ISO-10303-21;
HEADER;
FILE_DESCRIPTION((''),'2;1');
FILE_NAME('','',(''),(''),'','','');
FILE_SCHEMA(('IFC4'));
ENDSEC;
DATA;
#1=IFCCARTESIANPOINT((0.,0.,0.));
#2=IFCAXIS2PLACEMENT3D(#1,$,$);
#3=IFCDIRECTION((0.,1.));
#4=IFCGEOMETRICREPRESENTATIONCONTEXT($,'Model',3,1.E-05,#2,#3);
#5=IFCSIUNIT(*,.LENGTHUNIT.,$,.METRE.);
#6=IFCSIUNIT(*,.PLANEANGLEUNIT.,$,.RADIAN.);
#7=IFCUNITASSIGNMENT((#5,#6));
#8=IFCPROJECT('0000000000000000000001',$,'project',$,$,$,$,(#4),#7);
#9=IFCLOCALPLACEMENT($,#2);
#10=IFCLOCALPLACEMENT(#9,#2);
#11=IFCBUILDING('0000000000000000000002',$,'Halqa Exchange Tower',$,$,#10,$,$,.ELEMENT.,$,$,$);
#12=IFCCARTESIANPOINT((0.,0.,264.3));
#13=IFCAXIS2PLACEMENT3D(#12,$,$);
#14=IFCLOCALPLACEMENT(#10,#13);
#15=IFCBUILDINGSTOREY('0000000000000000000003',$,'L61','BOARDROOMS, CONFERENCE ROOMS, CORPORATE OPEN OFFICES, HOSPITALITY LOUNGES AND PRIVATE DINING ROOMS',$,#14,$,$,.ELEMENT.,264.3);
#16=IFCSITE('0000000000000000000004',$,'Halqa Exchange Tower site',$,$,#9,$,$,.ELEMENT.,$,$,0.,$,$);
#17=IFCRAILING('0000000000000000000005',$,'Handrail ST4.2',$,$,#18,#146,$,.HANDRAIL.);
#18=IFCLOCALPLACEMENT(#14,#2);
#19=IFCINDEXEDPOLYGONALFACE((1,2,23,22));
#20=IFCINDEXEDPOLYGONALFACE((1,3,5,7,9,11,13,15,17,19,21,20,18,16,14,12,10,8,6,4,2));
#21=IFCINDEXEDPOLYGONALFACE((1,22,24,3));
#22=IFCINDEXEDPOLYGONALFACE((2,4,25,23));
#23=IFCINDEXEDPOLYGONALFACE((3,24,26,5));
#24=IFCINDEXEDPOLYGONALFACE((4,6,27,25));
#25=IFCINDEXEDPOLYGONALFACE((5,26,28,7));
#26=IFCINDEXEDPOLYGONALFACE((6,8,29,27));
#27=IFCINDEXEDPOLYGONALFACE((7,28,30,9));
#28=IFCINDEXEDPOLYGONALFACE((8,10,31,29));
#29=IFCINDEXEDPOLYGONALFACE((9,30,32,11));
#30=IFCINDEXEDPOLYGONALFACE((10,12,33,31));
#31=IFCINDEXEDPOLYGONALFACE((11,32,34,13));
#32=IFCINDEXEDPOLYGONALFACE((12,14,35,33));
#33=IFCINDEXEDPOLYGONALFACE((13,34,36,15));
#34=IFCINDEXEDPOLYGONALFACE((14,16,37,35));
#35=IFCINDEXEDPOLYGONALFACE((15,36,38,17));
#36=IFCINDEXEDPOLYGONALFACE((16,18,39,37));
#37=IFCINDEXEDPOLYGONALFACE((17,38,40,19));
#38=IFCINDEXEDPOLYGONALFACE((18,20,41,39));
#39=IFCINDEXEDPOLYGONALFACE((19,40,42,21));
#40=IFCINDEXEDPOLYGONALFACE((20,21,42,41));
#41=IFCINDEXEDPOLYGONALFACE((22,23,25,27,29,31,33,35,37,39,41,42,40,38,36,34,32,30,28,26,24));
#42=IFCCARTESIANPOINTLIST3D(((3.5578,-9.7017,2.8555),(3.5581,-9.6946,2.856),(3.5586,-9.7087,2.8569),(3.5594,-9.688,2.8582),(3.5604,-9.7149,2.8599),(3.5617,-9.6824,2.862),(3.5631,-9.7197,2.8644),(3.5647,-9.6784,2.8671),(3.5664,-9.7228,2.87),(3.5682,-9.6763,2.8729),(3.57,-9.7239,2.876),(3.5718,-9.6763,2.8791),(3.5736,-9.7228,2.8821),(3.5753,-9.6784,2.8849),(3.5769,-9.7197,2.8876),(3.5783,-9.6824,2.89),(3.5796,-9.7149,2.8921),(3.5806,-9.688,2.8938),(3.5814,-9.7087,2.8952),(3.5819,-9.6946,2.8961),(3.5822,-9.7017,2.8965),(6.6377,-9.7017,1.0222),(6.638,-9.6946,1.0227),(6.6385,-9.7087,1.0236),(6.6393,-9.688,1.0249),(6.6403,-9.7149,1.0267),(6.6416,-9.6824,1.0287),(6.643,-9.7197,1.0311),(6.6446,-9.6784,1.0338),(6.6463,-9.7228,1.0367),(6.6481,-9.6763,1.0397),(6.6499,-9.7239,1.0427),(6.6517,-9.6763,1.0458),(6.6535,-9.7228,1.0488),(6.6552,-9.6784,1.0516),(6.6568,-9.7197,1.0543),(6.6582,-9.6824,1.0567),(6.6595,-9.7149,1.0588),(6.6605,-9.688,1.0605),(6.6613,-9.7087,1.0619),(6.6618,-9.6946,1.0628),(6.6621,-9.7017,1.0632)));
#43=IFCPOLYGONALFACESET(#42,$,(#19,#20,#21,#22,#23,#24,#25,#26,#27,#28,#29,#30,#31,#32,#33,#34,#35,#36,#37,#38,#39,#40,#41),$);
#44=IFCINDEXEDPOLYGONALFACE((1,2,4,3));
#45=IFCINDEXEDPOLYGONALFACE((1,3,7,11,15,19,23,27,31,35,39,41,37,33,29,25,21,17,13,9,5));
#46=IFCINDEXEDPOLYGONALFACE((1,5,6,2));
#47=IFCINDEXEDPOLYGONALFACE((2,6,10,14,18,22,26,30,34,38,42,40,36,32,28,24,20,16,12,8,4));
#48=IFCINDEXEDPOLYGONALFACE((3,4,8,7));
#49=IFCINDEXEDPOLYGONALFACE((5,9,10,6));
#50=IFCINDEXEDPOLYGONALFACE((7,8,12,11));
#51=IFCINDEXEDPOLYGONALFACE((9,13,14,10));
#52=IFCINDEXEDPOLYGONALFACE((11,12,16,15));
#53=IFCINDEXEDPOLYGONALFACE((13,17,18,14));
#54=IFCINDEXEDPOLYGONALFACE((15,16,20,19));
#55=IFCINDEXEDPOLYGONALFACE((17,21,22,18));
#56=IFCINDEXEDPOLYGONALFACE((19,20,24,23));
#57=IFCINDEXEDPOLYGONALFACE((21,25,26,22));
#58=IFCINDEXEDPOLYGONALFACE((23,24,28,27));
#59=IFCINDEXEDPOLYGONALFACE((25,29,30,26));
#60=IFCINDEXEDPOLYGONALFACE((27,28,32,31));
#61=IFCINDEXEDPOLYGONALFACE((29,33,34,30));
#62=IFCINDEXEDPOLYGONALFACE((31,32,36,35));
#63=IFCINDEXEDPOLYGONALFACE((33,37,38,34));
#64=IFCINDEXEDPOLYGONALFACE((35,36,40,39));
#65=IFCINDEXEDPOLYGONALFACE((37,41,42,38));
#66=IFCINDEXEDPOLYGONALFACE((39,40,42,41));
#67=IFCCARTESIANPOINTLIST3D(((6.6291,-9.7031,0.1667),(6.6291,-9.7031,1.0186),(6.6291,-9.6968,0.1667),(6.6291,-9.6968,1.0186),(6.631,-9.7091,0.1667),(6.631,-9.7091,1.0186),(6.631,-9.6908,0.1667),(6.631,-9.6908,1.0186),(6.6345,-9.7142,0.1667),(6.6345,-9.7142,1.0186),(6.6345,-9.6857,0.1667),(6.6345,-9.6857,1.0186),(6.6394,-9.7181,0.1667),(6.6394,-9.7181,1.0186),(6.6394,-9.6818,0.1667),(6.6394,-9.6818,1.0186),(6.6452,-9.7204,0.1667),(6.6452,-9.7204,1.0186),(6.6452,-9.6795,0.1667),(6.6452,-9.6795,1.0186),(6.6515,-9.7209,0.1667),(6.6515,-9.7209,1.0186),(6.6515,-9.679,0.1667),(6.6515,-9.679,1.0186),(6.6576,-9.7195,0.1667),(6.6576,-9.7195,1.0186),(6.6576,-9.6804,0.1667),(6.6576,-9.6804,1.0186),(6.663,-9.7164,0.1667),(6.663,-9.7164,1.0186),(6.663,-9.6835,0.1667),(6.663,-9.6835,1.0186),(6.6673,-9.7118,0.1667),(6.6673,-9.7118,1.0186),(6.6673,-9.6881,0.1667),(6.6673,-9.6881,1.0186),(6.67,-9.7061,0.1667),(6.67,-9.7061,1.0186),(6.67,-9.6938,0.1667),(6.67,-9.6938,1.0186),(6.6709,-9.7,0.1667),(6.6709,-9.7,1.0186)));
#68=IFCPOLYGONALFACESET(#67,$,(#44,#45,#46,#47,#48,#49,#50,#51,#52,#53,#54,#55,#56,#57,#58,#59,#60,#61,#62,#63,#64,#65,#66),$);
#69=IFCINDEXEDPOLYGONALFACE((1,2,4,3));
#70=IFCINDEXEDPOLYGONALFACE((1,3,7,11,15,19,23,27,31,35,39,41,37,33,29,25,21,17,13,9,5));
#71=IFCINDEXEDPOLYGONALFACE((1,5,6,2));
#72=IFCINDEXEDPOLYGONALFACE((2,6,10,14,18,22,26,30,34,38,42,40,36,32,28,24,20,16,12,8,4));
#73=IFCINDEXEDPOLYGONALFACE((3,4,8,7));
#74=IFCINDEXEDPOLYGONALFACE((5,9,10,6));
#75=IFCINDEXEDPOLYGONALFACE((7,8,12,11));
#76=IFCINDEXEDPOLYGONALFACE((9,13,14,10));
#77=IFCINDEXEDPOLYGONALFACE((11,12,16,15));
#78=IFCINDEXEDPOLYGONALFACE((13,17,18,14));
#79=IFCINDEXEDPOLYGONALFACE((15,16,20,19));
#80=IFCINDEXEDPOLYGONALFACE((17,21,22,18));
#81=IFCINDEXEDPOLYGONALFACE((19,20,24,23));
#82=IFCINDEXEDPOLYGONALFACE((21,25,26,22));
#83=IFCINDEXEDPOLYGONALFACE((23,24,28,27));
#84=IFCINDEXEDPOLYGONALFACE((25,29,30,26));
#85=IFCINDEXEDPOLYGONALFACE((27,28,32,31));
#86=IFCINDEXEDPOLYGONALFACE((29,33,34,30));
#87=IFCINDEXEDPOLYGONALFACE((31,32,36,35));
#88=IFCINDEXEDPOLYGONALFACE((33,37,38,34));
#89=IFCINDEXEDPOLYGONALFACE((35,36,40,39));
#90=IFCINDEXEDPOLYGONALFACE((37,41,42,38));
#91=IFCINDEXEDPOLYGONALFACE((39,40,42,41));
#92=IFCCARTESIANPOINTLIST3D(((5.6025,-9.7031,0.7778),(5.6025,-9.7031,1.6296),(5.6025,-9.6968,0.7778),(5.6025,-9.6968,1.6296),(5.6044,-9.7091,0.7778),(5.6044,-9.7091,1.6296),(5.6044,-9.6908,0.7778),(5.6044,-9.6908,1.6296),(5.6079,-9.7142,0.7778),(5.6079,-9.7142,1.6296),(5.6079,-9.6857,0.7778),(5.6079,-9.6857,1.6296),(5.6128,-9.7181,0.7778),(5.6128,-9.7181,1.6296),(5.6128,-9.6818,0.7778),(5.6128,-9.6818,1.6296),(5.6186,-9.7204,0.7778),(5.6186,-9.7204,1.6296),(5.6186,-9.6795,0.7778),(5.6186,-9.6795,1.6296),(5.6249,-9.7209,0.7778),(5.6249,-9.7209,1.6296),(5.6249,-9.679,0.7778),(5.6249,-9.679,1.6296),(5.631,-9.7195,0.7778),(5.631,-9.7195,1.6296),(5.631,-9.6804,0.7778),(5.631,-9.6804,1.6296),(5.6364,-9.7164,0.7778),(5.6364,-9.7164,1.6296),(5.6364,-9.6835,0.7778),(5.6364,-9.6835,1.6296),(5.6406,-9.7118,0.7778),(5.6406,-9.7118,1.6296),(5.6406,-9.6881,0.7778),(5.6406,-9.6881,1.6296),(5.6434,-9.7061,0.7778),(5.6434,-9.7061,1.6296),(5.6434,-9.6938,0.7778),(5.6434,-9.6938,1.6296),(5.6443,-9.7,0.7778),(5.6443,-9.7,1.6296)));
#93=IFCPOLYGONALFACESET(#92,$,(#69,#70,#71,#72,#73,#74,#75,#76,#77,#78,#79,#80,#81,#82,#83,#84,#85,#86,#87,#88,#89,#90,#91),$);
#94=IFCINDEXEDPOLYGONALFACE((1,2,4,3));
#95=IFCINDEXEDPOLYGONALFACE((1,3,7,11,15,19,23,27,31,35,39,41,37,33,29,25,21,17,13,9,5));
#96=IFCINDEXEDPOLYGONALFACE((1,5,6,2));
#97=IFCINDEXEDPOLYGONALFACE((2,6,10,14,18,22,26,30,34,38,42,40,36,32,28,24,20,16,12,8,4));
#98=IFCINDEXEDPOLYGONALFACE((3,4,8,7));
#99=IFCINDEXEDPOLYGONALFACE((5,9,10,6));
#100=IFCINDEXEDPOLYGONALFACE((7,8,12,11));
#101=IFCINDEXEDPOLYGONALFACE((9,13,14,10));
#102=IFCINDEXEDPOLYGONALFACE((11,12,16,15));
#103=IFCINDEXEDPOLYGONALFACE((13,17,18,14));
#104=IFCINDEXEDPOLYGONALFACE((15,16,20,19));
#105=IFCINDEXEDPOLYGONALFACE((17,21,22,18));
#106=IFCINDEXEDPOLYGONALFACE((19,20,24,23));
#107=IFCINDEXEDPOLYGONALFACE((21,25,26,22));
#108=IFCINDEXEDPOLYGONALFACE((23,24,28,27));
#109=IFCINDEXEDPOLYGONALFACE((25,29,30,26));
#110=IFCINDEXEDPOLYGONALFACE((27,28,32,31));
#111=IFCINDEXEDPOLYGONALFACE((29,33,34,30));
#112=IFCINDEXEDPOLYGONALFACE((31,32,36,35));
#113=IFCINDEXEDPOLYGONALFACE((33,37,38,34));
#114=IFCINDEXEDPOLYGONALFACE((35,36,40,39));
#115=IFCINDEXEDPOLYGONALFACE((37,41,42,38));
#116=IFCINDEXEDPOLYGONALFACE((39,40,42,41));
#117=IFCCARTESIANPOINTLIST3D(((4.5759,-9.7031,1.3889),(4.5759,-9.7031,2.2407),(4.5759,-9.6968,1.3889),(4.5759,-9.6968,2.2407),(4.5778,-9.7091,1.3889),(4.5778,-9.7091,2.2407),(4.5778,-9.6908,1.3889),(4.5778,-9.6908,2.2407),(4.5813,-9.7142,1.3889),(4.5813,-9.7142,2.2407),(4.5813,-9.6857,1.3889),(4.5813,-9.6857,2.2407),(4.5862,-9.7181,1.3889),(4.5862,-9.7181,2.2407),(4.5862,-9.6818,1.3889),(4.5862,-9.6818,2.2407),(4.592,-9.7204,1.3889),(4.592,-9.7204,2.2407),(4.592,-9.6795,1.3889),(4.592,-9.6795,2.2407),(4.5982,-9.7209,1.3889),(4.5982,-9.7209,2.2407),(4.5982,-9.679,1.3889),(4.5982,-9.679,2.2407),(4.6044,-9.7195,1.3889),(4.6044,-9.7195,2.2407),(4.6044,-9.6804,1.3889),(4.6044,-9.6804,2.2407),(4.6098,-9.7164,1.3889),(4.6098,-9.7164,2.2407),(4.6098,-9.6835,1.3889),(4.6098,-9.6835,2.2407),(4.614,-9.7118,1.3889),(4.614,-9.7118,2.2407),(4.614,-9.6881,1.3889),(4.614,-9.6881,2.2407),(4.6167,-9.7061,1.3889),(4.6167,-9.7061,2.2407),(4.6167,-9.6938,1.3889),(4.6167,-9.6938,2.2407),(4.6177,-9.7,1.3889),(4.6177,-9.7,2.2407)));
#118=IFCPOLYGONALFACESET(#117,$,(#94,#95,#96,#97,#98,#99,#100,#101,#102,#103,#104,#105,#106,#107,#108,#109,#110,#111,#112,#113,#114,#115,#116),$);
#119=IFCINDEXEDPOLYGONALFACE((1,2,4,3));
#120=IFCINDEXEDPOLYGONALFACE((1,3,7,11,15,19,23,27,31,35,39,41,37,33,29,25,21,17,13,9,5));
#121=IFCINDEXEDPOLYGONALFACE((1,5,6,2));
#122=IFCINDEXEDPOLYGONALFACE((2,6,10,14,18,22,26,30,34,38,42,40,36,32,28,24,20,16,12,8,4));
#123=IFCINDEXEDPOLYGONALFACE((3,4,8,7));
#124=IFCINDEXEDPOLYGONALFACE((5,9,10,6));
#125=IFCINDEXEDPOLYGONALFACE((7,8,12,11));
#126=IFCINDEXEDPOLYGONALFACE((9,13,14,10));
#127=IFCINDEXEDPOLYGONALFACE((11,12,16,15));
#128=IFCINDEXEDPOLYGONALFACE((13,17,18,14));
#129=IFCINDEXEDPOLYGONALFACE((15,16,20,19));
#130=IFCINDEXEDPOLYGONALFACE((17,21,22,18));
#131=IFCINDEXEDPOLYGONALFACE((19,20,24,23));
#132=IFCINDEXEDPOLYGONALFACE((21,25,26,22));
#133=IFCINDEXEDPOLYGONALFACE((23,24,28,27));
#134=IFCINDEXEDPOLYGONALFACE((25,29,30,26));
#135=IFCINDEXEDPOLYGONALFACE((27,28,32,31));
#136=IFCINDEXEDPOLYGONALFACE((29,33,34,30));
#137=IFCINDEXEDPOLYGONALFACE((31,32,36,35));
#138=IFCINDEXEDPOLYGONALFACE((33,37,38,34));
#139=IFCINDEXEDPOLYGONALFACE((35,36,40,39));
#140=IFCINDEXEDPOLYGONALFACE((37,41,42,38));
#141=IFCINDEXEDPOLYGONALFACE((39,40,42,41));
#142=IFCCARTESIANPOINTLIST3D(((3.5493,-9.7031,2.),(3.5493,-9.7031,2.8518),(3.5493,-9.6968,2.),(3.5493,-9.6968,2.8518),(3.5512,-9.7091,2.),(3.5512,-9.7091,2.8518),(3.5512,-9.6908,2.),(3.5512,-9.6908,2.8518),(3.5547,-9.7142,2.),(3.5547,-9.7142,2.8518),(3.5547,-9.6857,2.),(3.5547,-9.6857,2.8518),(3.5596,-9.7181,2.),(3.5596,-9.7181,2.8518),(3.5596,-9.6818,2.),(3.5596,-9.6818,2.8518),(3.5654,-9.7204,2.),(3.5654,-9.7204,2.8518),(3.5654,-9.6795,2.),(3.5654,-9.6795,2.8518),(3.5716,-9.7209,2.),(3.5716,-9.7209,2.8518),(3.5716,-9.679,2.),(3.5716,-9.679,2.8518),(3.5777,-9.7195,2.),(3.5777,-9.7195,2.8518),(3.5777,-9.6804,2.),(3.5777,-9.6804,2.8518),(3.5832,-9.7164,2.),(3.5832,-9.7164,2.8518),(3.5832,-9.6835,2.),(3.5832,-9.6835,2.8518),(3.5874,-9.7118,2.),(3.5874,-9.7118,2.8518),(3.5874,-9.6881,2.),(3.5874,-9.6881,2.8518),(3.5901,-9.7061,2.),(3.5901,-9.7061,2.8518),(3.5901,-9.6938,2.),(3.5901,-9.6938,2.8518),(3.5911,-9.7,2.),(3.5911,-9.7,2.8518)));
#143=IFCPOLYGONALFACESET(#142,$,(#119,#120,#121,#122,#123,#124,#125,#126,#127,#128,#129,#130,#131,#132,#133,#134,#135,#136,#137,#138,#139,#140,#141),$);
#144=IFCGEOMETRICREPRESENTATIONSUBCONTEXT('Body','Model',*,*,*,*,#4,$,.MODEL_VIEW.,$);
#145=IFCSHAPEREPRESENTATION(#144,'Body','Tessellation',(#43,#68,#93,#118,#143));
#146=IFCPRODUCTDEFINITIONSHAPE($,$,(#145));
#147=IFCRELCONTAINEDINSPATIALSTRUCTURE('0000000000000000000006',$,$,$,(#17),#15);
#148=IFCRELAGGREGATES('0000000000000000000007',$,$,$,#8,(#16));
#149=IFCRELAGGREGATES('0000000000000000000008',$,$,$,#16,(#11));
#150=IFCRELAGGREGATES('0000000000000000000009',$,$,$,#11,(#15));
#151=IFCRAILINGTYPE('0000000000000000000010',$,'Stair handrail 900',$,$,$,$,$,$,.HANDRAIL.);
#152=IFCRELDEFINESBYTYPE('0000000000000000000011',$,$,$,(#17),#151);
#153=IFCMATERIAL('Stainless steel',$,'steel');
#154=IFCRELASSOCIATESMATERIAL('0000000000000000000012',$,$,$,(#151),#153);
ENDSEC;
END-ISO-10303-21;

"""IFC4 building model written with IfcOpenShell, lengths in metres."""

from ifc_helpers import new_model, si_unit, direction, frame, origin, origin_2d, place, context, subcontext, project, spatial, circle, extrude, material, type_object, element, save


model = new_model("IFC4")

# Units and contexts
model_context = context("Model", 3, precision=1e-05, world=origin(), true_north=direction((0.0, 1.0)))
body_context = subcontext(model_context, "Body", "Model", "MODEL_VIEW")
ifc_project = project(units=[si_unit("LENGTHUNIT", "METRE"), si_unit("PLANEANGLEUNIT", "RADIAN")], contexts=[model_context])

# Site, building, storey
site_placement = place(None, origin())
site = spatial("IfcSite", under=ifc_project, at=site_placement, Name="Halqa Exchange Tower site", CompositionType="ELEMENT", RefElevation=0.0)
building_placement = place(site_placement, origin())
building = spatial("IfcBuilding", under=site, at=building_placement, Name="Halqa Exchange Tower", CompositionType="ELEMENT")
storey_placement = place(building_placement, frame((0.0, 0.0, 264.3)))
storey = spatial("IfcBuildingStorey", under=building, at=storey_placement, Name="L61", Description="BOARDROOMS, CONFERENCE ROOMS, CORPORATE OPEN OFFICES, HOSPITALITY LOUNGES AND PRIVATE DINING ROOMS", CompositionType="ELEMENT", Elevation=264.3)

# Railing
ifc_material_1 = material(Name="Stainless steel", Category="steel")
railing_type_1 = type_object("IfcRailingType", Name="Stair handrail 900", PredefinedType="HANDRAIL", material=ifc_material_1)
railing_1_placement = place(storey_placement, frame((6.6499, -9.7, 0.1667)))
element("IfcRailing", 1, at=railing_1_placement, inside=storey, type_object=railing_type_1, Name="Handrail ST4.2", PredefinedType="HANDRAIL", context=body_context, shape_type="SweptSolid", body=[
    extrude(circle(Radius=0.0239, at=origin_2d()), frame((0.0, 0.0, 0.876), z_axis=(-0.859291, 0.0, 0.511487), x_axis=(0.0, -1.0, 0.0)), (0.0, 0.0, 1.0), 3.5842),
    extrude(circle(Radius=0.021, at=origin_2d()), origin(), (0.0, 0.0, 1.0), 0.8518),
    extrude(circle(Radius=0.021, at=origin_2d()), frame((-1.0266, 0.0, 0.6111)), (0.0, 0.0, 1.0), 0.8518),
    extrude(circle(Radius=0.021, at=origin_2d()), frame((-2.0532, 0.0, 1.2222)), (0.0, 0.0, 1.0), 0.8518),
    extrude(circle(Radius=0.021, at=origin_2d()), frame((-3.0798, 0.0, 1.8333)), (0.0, 0.0, 1.0), 0.8518),
])

save(model, "model.ifc")
